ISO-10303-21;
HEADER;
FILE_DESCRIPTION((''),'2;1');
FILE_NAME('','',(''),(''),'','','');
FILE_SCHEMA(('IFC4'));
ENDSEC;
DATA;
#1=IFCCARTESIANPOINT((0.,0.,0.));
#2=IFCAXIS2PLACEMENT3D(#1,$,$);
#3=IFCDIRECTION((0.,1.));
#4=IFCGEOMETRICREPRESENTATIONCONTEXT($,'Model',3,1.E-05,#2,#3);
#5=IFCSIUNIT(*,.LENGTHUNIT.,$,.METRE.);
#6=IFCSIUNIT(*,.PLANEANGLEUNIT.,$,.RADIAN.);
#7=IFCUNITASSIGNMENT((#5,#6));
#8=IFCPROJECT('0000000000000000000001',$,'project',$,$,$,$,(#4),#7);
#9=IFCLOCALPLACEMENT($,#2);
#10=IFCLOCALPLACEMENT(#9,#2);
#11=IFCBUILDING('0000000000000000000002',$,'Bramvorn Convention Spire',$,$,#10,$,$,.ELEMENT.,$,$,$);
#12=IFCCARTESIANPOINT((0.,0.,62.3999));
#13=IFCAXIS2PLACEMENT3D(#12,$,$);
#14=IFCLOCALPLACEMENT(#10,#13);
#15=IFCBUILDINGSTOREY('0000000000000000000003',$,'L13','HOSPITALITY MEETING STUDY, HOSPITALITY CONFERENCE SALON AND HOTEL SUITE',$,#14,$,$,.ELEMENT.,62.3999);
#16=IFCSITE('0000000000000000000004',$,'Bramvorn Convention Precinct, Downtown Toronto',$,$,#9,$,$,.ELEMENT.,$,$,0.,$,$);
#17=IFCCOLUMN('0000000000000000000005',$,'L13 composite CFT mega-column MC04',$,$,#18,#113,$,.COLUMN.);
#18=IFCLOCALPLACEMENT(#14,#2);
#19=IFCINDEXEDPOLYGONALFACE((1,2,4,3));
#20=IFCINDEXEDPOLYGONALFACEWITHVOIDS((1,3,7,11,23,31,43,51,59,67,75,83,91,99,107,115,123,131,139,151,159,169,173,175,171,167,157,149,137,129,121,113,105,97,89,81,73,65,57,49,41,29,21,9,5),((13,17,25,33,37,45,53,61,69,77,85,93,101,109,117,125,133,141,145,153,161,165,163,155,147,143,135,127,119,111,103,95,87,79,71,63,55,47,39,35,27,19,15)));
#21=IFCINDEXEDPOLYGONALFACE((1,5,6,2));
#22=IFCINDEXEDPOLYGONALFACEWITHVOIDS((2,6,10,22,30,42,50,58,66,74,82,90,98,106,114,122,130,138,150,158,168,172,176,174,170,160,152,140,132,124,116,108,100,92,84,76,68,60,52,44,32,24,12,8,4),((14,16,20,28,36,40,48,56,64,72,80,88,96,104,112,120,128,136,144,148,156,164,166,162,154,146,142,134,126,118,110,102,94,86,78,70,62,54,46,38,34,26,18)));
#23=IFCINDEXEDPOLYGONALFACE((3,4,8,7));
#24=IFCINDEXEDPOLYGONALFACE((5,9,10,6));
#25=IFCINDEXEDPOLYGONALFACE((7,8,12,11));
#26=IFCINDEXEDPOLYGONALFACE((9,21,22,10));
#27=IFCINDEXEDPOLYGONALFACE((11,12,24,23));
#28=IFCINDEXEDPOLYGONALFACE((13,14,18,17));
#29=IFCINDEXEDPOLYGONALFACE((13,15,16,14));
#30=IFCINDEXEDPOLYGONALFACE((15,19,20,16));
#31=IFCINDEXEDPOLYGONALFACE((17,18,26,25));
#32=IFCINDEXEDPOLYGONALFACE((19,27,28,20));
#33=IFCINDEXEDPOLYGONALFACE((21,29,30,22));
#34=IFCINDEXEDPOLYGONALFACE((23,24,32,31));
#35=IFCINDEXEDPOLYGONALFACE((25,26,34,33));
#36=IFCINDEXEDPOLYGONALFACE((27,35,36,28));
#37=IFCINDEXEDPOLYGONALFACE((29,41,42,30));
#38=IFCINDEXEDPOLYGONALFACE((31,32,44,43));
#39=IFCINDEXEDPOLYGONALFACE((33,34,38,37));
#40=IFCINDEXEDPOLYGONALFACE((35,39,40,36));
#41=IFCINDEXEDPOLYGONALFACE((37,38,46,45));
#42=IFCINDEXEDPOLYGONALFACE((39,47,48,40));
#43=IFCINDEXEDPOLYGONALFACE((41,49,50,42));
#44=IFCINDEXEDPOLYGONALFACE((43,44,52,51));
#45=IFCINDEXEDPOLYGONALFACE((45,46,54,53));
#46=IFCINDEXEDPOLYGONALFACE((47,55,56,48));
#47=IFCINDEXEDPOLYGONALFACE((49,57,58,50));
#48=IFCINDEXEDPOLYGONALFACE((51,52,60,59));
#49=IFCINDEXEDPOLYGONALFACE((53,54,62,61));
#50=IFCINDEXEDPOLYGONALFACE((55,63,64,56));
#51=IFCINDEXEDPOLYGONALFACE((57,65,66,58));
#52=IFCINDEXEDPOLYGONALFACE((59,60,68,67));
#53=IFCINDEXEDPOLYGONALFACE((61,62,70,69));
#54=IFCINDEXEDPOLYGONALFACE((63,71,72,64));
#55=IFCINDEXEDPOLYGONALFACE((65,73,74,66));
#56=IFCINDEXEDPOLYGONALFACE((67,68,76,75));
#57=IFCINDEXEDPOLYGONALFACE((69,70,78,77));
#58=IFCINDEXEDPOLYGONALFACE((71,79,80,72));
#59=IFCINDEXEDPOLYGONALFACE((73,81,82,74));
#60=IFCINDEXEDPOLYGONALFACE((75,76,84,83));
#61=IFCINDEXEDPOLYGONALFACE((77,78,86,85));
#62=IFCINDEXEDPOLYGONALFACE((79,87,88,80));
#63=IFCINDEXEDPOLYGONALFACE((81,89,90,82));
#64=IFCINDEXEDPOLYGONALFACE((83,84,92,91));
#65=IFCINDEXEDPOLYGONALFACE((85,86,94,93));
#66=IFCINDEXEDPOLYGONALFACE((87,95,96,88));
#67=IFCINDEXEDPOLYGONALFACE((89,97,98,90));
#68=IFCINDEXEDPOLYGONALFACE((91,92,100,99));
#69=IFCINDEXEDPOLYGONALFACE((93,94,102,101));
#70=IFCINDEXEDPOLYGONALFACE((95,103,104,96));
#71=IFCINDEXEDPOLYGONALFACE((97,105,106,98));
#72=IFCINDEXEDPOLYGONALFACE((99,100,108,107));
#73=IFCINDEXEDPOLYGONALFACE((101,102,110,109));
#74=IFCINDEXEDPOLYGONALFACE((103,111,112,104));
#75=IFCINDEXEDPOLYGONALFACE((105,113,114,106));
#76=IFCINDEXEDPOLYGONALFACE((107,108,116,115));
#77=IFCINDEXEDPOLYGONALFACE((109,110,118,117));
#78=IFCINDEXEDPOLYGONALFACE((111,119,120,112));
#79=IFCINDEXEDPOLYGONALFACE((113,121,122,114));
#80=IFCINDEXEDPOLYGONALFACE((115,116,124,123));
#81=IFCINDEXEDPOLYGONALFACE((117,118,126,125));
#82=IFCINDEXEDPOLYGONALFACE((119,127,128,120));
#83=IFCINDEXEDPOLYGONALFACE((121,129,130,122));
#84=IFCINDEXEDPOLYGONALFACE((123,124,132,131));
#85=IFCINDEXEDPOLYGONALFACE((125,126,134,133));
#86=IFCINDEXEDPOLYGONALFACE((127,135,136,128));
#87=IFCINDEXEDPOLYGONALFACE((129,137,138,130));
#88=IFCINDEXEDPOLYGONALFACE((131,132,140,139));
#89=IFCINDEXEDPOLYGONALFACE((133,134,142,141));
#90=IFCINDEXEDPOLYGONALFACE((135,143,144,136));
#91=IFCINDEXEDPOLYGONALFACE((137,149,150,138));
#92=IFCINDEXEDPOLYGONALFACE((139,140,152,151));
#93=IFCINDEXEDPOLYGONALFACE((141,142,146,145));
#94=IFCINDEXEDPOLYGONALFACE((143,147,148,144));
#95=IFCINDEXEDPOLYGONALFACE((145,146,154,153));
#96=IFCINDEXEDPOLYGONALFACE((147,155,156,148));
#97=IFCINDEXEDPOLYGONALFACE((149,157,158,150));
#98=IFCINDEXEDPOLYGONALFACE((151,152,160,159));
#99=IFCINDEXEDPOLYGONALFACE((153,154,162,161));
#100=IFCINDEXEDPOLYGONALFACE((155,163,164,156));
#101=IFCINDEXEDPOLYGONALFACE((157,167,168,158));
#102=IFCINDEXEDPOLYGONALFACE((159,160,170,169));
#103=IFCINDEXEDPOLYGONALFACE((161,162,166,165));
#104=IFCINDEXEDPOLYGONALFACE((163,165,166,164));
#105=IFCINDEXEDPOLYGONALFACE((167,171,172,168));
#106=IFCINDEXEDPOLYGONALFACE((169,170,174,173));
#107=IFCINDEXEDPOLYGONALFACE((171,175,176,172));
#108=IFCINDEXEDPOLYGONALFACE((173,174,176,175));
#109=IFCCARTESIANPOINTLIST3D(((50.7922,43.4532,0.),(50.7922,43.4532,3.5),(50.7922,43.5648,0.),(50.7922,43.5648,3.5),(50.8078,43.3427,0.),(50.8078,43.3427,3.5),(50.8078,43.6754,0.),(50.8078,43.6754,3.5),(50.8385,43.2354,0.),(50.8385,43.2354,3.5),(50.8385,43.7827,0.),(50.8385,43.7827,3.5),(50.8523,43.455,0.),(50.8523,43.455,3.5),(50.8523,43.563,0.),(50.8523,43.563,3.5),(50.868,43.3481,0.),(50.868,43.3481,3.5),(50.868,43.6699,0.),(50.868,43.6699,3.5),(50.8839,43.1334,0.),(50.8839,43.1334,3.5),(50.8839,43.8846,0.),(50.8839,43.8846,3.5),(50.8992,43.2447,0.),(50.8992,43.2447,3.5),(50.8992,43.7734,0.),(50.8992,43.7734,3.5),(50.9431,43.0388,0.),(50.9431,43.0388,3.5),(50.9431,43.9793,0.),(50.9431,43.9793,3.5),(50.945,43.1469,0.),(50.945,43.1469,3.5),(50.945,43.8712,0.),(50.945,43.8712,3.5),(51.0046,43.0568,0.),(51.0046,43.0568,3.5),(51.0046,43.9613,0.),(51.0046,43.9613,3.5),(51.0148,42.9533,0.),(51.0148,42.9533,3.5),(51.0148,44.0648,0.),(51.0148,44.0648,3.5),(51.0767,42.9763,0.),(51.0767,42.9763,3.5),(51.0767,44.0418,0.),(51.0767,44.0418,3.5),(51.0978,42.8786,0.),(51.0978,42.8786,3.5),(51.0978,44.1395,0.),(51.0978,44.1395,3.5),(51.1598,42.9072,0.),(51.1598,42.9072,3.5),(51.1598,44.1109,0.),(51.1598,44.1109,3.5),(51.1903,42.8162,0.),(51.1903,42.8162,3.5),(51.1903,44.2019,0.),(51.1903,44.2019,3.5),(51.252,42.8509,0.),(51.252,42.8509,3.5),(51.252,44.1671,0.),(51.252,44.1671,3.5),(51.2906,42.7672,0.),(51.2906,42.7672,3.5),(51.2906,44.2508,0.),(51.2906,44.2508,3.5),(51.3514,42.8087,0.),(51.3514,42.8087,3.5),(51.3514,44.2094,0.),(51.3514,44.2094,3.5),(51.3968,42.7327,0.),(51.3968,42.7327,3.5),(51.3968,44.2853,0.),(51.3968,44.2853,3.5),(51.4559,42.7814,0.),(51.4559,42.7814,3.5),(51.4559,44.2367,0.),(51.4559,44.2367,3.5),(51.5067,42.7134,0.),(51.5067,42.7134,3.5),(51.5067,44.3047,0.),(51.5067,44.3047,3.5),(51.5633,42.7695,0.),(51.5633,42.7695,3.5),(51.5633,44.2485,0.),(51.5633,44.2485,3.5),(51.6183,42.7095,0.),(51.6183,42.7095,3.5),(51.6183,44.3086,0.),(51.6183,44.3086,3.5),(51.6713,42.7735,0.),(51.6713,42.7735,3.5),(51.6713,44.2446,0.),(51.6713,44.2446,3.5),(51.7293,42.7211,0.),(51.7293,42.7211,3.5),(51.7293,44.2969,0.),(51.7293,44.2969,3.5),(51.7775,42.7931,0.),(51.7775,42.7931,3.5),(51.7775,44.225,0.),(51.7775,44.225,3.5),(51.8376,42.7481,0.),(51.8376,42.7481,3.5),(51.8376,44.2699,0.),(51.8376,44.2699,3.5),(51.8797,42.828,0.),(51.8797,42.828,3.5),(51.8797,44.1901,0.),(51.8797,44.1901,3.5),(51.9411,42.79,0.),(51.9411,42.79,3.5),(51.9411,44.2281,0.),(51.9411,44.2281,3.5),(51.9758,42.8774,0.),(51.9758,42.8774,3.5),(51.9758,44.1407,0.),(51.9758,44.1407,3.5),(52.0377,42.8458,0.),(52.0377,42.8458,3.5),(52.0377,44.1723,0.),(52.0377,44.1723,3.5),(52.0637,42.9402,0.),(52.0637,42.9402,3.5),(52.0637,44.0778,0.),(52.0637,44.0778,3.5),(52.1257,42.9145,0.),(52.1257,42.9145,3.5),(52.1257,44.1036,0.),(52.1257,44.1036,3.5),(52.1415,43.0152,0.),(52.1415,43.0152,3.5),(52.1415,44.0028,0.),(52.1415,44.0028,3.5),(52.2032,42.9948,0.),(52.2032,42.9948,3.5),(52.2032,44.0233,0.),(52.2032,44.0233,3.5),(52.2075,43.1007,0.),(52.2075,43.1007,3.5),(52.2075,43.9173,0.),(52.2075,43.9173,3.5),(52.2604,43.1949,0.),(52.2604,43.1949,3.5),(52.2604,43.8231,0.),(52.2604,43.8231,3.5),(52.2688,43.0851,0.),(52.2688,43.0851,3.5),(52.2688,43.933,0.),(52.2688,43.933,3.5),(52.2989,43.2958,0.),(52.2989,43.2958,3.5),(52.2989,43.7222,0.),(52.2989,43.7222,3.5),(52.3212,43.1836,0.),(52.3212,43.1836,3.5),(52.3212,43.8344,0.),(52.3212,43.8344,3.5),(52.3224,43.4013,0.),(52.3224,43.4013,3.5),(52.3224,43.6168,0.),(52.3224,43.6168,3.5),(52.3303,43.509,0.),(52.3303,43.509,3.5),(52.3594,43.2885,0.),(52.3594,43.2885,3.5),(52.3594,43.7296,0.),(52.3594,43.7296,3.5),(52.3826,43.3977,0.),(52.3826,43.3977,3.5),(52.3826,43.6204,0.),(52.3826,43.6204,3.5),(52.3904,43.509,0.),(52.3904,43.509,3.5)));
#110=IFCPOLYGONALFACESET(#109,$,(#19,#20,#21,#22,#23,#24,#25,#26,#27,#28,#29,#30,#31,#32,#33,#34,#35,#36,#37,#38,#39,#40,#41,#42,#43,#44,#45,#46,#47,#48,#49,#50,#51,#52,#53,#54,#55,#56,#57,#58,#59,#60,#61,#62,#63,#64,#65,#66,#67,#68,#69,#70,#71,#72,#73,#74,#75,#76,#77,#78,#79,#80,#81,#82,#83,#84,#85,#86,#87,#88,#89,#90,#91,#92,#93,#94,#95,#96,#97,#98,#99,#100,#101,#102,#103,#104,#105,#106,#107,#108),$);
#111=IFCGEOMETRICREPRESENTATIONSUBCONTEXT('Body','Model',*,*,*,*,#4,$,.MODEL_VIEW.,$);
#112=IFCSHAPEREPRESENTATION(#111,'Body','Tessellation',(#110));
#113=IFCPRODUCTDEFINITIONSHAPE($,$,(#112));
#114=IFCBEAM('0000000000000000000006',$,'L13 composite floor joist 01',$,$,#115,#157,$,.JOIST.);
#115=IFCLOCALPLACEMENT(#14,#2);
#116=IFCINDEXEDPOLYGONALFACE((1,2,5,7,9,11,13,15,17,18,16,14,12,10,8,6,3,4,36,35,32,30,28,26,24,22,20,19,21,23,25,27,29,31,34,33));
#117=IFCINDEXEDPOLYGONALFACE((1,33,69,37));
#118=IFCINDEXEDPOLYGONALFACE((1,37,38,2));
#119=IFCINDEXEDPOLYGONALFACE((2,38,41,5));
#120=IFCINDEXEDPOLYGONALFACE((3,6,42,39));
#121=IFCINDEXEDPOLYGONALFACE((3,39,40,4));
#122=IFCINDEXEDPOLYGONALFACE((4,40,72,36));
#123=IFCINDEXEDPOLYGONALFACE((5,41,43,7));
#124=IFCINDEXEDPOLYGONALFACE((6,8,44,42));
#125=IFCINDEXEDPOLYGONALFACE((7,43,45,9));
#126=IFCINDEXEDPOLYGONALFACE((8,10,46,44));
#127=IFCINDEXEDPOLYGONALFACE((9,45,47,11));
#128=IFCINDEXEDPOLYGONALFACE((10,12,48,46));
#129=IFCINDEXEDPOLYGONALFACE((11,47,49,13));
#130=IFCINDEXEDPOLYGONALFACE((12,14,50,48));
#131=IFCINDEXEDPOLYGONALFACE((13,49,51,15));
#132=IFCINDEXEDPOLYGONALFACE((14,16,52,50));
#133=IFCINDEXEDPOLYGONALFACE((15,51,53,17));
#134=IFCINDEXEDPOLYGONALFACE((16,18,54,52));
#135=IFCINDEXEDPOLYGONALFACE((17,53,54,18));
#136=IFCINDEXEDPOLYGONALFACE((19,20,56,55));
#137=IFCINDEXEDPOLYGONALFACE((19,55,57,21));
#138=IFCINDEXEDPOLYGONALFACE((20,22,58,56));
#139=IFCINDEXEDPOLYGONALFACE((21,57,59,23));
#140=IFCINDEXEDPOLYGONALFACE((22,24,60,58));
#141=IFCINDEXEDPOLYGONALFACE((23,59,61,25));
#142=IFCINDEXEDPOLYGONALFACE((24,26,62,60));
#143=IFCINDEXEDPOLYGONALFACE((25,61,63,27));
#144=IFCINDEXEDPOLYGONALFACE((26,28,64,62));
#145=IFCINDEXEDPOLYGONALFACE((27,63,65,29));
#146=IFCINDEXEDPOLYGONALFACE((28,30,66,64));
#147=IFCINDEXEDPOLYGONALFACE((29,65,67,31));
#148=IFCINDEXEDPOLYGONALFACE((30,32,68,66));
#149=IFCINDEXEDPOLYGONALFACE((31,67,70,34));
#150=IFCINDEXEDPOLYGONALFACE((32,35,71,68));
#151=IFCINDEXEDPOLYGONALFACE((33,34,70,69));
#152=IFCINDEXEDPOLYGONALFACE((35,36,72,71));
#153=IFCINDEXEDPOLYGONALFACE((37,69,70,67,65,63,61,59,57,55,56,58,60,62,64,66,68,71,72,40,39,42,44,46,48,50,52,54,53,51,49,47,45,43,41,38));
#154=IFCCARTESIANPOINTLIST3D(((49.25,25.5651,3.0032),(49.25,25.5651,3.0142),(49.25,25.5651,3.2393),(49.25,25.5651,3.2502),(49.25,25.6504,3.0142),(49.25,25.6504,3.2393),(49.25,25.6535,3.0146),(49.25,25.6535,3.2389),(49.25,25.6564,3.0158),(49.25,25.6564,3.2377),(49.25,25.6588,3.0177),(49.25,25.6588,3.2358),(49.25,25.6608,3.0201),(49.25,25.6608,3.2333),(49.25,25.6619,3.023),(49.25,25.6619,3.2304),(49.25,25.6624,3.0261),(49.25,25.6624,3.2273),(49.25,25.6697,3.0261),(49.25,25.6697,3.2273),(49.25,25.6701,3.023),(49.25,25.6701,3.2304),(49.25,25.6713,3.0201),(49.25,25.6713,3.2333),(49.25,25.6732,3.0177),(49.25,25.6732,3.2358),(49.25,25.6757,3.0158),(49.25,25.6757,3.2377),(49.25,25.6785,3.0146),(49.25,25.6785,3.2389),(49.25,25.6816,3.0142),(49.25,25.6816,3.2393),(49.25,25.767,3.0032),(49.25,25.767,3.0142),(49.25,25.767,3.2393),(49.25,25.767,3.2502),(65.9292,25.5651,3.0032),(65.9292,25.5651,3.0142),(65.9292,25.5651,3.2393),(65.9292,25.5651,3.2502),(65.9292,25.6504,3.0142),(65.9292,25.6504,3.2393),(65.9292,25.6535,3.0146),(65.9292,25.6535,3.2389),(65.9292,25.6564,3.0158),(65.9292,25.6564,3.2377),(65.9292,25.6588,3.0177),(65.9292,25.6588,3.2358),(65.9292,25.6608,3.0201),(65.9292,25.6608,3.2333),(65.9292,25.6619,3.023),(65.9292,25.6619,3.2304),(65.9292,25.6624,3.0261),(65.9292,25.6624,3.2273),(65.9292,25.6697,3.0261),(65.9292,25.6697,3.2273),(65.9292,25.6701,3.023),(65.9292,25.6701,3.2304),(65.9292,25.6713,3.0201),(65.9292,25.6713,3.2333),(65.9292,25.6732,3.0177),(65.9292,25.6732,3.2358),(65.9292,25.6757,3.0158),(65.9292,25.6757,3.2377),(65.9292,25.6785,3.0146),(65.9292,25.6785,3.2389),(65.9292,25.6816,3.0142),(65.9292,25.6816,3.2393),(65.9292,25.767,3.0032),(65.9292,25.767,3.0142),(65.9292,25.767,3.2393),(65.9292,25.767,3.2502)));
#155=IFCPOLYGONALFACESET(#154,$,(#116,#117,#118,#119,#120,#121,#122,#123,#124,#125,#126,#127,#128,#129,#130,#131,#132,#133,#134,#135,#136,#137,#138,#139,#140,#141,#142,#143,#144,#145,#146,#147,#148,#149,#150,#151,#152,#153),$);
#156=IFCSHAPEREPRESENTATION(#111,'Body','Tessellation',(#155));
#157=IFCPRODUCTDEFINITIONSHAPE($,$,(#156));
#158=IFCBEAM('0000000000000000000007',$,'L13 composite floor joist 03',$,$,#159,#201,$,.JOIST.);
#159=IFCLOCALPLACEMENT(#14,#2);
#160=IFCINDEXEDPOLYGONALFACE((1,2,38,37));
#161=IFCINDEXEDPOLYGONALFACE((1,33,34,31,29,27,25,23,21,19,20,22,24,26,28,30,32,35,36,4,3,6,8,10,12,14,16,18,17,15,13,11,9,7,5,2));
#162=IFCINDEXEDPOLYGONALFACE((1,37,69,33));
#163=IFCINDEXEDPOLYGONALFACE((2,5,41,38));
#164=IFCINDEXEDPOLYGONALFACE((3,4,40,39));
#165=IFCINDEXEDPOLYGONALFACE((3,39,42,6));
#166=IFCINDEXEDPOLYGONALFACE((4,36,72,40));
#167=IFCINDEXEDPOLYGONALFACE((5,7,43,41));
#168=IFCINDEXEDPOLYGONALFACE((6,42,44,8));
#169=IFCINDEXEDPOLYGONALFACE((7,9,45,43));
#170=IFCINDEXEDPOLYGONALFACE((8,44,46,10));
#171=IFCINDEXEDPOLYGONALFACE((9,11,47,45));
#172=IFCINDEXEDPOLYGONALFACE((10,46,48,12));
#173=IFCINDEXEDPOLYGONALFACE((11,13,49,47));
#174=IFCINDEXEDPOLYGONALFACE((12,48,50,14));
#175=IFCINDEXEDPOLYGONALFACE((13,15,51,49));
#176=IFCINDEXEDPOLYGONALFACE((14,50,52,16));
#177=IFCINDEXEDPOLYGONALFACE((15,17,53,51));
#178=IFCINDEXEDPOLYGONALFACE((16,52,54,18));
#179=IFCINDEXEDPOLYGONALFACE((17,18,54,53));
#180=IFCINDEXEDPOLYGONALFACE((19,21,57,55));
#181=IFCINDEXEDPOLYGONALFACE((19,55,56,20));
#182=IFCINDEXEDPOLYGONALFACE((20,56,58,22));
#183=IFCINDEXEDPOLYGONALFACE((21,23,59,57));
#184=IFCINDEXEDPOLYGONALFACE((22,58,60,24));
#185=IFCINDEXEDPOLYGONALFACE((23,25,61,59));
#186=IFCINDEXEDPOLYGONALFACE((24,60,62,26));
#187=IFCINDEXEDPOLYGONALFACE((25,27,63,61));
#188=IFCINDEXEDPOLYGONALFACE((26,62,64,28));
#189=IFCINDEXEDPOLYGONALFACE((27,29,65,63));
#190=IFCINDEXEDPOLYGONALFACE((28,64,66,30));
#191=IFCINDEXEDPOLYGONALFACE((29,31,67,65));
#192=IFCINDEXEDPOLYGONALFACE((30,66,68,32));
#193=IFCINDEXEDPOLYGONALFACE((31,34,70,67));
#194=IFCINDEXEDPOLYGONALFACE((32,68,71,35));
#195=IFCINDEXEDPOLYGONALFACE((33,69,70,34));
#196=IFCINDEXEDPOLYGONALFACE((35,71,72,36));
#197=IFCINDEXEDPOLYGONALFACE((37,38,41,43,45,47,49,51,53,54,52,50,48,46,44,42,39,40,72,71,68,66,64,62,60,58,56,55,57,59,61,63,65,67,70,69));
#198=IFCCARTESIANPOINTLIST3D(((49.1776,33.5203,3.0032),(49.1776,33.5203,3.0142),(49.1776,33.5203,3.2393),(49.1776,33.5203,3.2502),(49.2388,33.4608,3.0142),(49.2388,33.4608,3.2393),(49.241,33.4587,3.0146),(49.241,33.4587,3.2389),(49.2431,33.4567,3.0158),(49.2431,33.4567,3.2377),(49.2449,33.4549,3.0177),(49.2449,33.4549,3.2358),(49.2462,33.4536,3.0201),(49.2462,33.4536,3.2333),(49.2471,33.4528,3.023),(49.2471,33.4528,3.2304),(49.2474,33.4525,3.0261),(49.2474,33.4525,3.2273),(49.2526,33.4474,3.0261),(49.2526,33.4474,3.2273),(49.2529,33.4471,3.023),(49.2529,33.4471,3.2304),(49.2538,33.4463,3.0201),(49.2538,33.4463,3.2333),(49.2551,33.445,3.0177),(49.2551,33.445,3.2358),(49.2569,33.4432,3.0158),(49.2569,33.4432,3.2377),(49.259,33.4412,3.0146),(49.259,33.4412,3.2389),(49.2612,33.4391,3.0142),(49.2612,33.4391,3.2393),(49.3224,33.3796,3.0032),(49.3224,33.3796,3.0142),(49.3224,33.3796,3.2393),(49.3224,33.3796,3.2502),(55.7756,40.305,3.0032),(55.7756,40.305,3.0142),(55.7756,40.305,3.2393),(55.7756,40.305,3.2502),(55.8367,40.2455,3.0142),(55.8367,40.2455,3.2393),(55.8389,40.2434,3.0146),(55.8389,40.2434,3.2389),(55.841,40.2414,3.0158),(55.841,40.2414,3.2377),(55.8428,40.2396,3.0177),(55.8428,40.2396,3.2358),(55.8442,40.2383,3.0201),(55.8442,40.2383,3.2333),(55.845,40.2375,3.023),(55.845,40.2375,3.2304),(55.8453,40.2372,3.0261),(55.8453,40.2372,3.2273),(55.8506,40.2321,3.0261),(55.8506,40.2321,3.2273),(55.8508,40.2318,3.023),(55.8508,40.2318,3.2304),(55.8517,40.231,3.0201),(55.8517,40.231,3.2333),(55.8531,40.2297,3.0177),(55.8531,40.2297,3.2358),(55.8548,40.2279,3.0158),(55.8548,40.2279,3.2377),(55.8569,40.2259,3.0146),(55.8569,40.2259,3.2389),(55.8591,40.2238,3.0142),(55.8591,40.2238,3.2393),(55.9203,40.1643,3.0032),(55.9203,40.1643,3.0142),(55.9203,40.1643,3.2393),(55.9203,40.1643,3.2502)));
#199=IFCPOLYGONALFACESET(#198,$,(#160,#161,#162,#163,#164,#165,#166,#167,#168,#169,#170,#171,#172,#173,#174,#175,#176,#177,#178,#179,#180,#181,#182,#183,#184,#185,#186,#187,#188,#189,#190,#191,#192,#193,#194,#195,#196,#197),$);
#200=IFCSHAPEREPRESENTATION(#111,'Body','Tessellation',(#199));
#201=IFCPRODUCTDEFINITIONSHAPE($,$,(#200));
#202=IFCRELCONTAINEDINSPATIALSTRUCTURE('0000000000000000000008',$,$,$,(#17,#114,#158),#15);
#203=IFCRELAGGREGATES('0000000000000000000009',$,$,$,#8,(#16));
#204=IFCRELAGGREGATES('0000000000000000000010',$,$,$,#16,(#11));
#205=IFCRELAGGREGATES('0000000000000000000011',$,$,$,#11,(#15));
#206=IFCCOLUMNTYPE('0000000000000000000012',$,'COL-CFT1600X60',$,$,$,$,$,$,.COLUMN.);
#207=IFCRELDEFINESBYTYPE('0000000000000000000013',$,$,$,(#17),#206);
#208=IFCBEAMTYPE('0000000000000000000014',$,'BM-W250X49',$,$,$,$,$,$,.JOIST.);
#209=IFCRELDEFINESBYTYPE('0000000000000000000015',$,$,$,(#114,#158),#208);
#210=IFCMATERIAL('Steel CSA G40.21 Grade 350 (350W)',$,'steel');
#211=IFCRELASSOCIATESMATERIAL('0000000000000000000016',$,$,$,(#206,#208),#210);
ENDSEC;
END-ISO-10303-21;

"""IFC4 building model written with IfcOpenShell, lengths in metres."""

from ifc_helpers import new_model, si_unit, direction, frame, origin, origin_2d, place, context, subcontext, project, spatial, hollow_circle, i_section, extrude, material, material_profile, profile_set, type_object, element, save


model = new_model("IFC4")

# Units and contexts
model_context = context("Model", 3, precision=1e-05, world=origin(), true_north=direction((0.0, 1.0)))
body_context = subcontext(model_context, "Body", "Model", "MODEL_VIEW")
ifc_project = project(units=[si_unit("LENGTHUNIT", "METRE"), si_unit("PLANEANGLEUNIT", "RADIAN")], contexts=[model_context])

# Site, building, storey
site_placement = place(None, origin())
site = spatial("IfcSite", under=ifc_project, at=site_placement, Name="Bramvorn Convention Precinct, Downtown Toronto", CompositionType="ELEMENT", RefElevation=0.0)
building_placement = place(site_placement, origin())
building = spatial("IfcBuilding", under=site, at=building_placement, Name="Bramvorn Convention Spire", CompositionType="ELEMENT")
storey_placement = place(building_placement, frame((0.0, 0.0, 62.3999)))
storey = spatial("IfcBuildingStorey", under=building, at=storey_placement, Name="L13", Description="HOSPITALITY MEETING STUDY, HOSPITALITY CONFERENCE SALON AND HOTEL SUITE", CompositionType="ELEMENT", Elevation=62.3999)

# Column
ifc_material_1 = material(Name="Steel CSA G40.21 Grade 350 (350W)", Category="steel")
ifc_material_profile_1 = material_profile(ifc_material_1, hollow_circle(Radius=0.8, WallThickness=0.0601, at=origin_2d()))
ifc_profile_set_1 = profile_set([ifc_material_profile_1], Name="Steel CSA G40.21 Grade 350 (350W) - CFT1600X60")
column_type = type_object("IfcColumnType", Name="COL-CFT1600X60", PredefinedType="COLUMN", material=ifc_profile_set_1)
for number, where, z_axis, x_axis, name in (
    (1, (51.5903, 43.509, 0.0), (0.0, 0.0, 1.0), (1.0, 0.0, 0.0), "L13 composite CFT mega-column MC04"),
):
    element("IfcColumn", number, at=place(storey_placement, frame(where, z_axis=z_axis, x_axis=x_axis)), inside=storey, type_object=column_type, Name=name, PredefinedType="COLUMN", context=body_context, shape_type="SweptSolid", body=[
        extrude(hollow_circle(Radius=0.8, WallThickness=0.0601, at=origin_2d()), origin(), (0.0, 0.0, 1.0), 3.5),
    ])

# Beams
ifc_material_profile_2 = material_profile(ifc_material_1, i_section(OverallWidth=0.2019, OverallDepth=0.2471, WebThickness=0.0073, FlangeThickness=0.011, FilletRadius=0.012, at=origin_2d()))
ifc_profile_set_2 = profile_set([ifc_material_profile_2], Name="Steel CSA G40.21 Grade 350 (350W) - W250X49")
beam_type_1 = type_object("IfcBeamType", Name="BM-W250X49", PredefinedType="JOIST", material=ifc_profile_set_2)
beam_1_placement = place(storey_placement, frame((49.25, 25.666, 3.1267), z_axis=(1.0, 0.0, 0.0), x_axis=(0.0, 1.0, 0.0)))
element("IfcBeam", 2, at=beam_1_placement, inside=storey, type_object=beam_type_1, Name="L13 composite floor joist 01", PredefinedType="JOIST", context=body_context, shape_type="SweptSolid", body=[
    extrude(i_section(OverallWidth=0.2019, OverallDepth=0.2471, WebThickness=0.0073, FlangeThickness=0.011, FilletRadius=0.012, at=origin_2d()), origin(), (0.0, 0.0, 1.0), 16.6792),
])
beam_2_placement = place(storey_placement, frame((49.25, 33.45, 3.1267), z_axis=(0.69717, 0.716905, 0.0), x_axis=(-0.716905, 0.69717, 0.0)))
element("IfcBeam", 3, at=beam_2_placement, inside=storey, type_object=beam_type_1, Name="L13 composite floor joist 03", PredefinedType="JOIST", context=body_context, shape_type="SweptSolid", body=[
    extrude(i_section(OverallWidth=0.2019, OverallDepth=0.2471, WebThickness=0.0073, FlangeThickness=0.011, FilletRadius=0.012, at=origin_2d()), origin(), (0.0, 0.0, 1.0), 9.4639),
])

save(model, "model.ifc")
